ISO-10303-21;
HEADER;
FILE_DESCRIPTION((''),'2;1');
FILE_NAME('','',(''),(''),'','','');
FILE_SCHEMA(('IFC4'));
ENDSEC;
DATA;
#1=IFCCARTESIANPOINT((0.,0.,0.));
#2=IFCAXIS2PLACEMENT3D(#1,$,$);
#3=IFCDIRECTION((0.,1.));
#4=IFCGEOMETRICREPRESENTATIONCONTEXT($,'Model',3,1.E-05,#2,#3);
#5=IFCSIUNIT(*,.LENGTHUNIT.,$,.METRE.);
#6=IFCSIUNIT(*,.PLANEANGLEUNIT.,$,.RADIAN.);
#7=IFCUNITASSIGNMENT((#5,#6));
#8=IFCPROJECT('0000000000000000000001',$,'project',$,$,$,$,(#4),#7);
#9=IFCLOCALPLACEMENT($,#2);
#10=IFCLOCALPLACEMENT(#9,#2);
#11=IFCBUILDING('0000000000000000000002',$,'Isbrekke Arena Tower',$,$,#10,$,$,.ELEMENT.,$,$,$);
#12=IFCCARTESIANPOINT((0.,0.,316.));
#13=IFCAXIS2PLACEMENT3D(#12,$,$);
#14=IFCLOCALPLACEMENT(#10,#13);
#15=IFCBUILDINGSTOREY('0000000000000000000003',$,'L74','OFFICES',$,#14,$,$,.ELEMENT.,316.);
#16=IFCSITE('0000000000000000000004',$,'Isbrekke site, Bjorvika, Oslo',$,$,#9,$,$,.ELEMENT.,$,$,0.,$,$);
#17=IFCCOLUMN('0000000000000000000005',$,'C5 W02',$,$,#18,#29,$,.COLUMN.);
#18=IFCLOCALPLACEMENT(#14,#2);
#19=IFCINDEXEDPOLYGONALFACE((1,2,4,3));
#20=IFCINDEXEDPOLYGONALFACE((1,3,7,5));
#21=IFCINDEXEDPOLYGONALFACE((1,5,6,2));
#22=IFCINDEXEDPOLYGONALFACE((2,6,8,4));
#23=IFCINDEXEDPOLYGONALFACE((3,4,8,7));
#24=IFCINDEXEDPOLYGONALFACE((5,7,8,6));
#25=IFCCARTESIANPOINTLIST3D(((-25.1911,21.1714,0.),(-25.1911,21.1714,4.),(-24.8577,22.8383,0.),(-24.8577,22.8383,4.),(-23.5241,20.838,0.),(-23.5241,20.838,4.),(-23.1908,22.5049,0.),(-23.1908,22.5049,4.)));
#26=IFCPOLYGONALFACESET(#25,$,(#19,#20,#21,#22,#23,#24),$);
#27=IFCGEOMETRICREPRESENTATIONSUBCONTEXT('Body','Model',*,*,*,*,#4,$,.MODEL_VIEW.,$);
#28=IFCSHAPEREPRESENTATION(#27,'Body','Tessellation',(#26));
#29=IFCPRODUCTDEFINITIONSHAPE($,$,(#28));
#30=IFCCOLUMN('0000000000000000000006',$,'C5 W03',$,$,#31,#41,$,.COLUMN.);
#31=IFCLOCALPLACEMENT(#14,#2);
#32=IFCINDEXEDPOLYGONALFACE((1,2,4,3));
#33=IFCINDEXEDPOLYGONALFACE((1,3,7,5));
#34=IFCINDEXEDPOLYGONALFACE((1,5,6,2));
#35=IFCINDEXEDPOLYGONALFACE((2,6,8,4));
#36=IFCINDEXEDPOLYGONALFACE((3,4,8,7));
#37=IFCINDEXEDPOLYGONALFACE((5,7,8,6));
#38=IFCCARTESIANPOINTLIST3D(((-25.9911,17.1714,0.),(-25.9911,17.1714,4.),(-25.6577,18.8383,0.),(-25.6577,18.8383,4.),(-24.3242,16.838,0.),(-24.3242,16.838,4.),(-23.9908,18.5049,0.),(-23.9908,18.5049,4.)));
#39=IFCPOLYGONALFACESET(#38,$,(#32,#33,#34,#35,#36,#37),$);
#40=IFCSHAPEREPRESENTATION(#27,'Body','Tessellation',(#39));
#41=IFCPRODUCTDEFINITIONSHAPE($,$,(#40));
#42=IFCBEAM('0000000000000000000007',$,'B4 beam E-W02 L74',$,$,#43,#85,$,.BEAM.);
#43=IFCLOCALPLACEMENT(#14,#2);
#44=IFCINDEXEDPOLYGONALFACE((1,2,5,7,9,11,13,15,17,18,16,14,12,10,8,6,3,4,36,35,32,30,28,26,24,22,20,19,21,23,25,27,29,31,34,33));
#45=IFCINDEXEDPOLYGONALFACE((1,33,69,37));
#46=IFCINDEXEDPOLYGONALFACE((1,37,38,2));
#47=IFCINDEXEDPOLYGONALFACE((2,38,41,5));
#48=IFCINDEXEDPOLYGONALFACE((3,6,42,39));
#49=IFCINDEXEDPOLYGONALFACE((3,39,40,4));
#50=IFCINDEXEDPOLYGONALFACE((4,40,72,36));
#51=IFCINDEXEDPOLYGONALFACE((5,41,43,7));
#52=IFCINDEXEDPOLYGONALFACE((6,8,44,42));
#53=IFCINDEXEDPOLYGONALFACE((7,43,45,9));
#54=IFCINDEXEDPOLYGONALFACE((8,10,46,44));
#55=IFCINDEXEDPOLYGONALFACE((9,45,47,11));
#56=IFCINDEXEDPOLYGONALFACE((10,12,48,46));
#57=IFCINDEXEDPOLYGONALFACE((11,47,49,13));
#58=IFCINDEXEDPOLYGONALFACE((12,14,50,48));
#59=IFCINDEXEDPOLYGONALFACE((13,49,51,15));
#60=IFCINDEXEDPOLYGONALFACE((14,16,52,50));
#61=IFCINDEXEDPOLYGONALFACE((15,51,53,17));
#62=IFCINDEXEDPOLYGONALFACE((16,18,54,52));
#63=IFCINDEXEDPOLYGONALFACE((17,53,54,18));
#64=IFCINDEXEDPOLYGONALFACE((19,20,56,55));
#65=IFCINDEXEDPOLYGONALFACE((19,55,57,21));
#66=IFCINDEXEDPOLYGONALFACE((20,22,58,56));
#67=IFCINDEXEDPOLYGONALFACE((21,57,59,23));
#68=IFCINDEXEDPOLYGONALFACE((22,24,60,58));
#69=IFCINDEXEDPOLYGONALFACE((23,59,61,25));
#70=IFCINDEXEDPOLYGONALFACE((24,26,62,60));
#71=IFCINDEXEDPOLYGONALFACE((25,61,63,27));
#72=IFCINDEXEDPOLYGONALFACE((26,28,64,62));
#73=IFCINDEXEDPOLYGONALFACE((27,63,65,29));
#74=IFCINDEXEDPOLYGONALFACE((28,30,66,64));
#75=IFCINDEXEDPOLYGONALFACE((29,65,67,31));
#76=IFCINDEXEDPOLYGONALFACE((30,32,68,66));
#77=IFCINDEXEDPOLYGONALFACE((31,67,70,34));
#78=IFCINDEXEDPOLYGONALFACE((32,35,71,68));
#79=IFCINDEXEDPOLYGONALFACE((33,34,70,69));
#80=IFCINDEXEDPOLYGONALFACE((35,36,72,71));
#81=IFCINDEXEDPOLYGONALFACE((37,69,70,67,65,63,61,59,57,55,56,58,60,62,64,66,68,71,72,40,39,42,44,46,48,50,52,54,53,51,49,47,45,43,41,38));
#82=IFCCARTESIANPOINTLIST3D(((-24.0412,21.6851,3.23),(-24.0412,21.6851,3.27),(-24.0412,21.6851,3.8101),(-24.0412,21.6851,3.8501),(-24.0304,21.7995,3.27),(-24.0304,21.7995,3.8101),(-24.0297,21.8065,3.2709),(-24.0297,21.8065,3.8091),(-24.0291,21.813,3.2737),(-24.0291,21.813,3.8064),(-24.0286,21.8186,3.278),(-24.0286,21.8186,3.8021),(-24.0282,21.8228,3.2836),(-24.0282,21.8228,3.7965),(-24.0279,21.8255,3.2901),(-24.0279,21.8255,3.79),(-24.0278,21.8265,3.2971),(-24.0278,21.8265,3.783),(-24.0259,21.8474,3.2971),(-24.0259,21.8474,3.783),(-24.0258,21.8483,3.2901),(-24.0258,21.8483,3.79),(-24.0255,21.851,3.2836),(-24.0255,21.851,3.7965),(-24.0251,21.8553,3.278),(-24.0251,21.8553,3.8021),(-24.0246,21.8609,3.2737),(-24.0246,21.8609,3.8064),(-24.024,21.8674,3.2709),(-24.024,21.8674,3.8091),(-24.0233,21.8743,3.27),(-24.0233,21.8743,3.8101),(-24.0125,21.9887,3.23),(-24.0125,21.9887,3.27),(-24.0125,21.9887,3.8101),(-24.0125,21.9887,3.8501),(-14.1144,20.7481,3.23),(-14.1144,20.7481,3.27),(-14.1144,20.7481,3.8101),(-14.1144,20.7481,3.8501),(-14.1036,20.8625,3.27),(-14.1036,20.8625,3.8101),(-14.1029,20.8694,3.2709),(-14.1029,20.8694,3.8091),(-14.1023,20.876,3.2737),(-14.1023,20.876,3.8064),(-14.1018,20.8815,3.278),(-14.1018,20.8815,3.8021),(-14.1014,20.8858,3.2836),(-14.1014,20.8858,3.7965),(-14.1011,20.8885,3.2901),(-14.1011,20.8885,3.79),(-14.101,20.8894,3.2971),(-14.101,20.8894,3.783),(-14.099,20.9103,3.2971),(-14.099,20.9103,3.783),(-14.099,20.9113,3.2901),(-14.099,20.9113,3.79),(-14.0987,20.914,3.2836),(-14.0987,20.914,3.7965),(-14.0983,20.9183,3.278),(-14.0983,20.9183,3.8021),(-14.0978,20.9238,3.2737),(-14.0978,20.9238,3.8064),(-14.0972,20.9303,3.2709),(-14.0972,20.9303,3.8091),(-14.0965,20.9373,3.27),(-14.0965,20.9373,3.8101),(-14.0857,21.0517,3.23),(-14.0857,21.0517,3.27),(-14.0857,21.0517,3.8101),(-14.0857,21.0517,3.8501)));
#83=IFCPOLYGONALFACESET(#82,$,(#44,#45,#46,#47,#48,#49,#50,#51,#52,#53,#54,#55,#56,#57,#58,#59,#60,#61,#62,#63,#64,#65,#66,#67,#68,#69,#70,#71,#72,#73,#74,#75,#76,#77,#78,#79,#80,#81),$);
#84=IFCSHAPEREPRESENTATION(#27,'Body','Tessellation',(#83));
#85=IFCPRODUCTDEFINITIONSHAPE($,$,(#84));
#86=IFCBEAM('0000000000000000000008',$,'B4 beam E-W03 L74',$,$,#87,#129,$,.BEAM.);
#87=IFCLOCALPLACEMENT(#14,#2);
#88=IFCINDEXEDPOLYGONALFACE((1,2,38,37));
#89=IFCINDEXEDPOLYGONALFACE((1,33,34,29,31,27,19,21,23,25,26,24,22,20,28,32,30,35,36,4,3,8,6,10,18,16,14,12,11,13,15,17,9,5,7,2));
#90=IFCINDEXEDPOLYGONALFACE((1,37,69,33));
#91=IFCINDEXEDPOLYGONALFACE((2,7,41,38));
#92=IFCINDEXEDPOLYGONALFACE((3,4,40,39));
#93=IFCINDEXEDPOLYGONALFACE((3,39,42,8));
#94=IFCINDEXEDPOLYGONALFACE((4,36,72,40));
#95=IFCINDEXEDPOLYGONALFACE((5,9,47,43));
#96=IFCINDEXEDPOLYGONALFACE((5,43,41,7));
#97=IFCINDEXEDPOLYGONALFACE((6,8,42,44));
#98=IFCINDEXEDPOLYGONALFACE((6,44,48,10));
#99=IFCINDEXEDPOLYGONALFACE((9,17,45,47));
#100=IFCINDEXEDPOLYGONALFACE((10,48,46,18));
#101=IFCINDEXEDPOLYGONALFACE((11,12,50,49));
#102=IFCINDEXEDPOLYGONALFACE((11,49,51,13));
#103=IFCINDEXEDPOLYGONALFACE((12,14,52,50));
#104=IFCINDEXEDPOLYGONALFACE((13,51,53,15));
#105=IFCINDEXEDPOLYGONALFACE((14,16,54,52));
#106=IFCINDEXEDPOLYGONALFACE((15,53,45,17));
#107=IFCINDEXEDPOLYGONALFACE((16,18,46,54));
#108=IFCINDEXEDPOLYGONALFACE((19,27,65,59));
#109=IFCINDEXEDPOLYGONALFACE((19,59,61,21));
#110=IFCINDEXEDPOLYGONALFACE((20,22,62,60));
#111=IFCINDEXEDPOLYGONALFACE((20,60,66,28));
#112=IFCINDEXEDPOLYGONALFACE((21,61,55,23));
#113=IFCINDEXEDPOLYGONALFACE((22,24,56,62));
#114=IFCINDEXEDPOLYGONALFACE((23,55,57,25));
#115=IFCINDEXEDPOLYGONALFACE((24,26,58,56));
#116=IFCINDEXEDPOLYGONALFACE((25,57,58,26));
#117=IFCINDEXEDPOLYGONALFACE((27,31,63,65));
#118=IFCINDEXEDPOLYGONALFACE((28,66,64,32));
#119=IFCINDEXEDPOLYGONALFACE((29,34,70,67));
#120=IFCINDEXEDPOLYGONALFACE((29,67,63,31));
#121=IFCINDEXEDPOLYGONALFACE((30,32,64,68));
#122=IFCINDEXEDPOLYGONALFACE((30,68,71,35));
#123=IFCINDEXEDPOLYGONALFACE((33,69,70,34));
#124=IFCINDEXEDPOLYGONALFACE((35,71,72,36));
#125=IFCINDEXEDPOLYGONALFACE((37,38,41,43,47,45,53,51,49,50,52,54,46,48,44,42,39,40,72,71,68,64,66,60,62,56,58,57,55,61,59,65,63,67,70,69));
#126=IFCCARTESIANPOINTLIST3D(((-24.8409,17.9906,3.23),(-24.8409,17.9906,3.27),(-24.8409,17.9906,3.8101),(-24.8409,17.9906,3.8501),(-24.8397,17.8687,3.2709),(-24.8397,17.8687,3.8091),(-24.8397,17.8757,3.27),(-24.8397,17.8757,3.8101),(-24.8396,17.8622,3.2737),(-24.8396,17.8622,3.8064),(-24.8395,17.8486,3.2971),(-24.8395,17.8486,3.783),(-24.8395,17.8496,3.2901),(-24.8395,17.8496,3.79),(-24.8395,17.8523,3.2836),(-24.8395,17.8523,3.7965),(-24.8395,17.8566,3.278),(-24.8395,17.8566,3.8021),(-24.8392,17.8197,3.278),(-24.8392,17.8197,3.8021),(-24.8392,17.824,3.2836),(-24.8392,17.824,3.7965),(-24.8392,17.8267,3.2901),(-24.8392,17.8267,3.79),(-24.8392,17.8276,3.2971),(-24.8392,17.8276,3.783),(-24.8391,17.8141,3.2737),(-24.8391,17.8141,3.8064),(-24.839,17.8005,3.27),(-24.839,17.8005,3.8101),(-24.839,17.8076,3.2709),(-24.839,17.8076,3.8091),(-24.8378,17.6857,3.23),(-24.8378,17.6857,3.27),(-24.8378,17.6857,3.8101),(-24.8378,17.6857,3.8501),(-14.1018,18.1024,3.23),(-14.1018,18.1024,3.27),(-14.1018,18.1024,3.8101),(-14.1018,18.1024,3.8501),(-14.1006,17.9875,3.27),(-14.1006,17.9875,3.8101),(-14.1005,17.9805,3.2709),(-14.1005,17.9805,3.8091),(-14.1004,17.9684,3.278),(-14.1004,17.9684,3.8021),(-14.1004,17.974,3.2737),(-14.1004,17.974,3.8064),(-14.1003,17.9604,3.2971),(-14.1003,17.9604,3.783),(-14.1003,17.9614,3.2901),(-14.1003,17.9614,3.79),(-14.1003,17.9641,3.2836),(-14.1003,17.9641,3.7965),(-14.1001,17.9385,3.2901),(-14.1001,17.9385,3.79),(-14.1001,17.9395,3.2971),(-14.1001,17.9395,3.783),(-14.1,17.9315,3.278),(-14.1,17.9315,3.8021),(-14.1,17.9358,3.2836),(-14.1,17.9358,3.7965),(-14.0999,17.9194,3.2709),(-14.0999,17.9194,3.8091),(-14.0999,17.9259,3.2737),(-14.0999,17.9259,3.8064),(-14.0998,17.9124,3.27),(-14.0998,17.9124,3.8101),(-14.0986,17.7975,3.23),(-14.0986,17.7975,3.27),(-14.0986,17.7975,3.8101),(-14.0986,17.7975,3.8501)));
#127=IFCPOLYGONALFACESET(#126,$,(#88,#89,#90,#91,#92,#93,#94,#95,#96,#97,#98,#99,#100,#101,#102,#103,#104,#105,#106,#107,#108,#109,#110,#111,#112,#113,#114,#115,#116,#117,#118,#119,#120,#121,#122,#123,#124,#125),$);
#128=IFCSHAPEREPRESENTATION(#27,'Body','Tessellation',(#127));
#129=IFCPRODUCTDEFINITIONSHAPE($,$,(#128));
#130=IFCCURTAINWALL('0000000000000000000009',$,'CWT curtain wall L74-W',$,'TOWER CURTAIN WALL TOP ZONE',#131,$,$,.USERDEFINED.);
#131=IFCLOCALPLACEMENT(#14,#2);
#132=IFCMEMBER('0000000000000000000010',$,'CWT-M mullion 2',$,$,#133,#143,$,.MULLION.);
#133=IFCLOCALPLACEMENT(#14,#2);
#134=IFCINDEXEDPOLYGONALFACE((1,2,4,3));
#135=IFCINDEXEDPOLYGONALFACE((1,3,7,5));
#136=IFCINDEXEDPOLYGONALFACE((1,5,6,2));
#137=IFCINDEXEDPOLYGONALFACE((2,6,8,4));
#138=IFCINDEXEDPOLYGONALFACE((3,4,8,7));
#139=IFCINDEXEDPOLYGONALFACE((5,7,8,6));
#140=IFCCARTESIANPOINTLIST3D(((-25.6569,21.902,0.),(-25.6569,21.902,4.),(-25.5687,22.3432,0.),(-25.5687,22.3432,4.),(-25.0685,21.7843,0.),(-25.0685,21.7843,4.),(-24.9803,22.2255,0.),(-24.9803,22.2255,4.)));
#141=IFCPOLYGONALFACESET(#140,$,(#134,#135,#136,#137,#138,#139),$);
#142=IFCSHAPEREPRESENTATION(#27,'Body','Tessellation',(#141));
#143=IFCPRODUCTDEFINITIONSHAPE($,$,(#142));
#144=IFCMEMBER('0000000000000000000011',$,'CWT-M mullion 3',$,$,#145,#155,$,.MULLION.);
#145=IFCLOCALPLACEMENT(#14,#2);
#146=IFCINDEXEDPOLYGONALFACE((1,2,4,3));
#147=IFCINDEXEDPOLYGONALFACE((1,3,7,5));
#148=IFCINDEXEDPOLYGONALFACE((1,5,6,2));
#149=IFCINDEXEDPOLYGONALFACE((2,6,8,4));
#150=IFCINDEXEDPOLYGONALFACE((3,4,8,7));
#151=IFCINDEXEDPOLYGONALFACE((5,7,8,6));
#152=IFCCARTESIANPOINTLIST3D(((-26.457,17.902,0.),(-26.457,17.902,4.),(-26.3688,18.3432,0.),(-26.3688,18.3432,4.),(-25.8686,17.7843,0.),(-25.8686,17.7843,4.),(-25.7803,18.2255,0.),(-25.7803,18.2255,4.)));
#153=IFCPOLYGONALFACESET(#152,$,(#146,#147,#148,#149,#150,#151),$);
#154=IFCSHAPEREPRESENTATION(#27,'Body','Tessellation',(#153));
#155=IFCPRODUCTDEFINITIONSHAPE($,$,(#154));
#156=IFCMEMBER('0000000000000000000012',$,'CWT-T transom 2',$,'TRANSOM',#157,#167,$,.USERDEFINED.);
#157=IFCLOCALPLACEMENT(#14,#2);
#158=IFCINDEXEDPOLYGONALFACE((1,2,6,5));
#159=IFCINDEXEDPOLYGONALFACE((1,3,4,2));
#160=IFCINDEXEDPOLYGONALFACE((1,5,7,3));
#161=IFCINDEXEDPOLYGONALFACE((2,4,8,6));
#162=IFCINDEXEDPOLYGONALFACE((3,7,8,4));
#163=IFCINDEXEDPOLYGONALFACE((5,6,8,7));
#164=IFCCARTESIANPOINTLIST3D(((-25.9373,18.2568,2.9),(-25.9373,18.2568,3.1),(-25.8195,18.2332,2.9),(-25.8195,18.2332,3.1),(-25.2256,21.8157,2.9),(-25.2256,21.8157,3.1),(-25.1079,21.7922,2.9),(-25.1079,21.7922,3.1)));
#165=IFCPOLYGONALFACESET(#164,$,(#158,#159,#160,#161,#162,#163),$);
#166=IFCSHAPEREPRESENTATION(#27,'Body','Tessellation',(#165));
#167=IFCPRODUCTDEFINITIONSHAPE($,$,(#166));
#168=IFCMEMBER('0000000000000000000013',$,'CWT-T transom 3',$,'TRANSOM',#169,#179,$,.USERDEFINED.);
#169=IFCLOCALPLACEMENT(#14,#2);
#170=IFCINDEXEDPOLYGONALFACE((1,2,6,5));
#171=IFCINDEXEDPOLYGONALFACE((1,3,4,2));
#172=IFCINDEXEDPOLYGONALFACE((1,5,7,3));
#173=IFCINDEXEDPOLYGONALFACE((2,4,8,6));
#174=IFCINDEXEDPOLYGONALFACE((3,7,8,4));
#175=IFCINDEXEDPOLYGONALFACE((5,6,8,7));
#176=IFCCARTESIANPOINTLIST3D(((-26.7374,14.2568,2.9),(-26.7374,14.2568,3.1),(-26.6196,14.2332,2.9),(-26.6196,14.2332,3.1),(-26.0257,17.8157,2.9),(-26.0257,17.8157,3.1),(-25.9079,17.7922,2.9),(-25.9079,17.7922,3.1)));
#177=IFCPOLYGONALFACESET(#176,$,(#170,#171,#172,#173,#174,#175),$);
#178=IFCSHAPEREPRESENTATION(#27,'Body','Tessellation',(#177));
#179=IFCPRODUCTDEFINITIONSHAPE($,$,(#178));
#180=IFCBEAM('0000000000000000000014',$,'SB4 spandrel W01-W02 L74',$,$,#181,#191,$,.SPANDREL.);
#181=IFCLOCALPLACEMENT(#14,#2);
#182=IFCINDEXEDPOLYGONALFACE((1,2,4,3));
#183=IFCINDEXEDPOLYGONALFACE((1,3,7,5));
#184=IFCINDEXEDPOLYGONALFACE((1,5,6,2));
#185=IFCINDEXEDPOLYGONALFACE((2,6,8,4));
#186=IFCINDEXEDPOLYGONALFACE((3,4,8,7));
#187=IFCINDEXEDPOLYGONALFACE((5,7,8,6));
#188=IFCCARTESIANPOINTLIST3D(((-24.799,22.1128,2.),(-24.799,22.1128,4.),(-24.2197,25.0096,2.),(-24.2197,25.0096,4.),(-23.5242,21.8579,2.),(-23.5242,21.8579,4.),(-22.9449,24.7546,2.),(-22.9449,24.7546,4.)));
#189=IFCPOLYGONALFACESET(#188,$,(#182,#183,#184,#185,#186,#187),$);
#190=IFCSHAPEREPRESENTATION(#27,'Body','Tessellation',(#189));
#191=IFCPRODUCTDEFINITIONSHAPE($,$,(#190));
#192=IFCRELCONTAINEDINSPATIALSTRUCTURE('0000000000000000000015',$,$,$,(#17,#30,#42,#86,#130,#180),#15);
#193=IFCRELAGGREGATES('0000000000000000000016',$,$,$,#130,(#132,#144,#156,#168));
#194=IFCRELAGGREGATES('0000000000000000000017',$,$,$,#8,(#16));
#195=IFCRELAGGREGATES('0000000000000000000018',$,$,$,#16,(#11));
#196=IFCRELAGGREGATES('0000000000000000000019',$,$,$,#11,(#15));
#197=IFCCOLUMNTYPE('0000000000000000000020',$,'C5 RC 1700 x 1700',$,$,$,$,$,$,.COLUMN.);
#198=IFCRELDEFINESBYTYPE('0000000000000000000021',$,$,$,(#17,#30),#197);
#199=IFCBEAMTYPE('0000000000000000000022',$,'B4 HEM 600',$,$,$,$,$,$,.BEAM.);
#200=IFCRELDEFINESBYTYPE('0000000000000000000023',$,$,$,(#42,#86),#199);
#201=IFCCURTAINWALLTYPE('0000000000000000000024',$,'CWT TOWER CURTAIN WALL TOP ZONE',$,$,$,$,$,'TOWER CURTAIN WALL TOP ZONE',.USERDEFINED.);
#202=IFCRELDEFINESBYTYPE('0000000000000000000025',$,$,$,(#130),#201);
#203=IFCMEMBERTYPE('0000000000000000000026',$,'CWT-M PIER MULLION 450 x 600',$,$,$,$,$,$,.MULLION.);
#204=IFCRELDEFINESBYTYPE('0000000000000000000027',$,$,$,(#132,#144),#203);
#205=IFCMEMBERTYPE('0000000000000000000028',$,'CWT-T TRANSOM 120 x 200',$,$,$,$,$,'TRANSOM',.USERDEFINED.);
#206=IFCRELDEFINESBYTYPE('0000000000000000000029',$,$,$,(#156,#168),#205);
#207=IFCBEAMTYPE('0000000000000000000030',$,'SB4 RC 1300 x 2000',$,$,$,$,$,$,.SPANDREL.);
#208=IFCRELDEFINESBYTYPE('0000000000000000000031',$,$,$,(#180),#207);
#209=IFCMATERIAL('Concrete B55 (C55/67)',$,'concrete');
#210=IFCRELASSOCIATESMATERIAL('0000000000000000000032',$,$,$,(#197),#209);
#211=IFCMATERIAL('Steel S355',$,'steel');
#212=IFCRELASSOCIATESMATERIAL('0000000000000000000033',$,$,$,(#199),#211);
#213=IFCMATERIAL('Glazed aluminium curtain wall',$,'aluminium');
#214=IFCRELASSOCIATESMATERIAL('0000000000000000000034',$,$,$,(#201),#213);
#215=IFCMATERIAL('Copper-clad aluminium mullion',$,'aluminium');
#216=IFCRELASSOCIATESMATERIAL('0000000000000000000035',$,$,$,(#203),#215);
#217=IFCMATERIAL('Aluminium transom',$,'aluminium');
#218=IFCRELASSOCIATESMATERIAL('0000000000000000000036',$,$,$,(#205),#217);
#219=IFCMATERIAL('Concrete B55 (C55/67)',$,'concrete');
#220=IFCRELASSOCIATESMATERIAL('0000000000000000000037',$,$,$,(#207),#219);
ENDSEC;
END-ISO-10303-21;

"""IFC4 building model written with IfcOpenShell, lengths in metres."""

from ifc_helpers import new_model, si_unit, direction, frame, origin, origin_2d, place, context, subcontext, project, spatial, rectangle, i_section, extrude, material, material_profile, profile_set, type_object, element, aggregate, save


model = new_model("IFC4")

# Units and contexts
model_context = context("Model", 3, precision=1e-05, world=origin(), true_north=direction((0.0, 1.0)))
body_context = subcontext(model_context, "Body", "Model", "MODEL_VIEW")
ifc_project = project(units=[si_unit("LENGTHUNIT", "METRE"), si_unit("PLANEANGLEUNIT", "RADIAN")], contexts=[model_context])

# Site, building, storey
site_placement = place(None, origin())
site = spatial("IfcSite", under=ifc_project, at=site_placement, Name="Isbrekke site, Bjorvika, Oslo", CompositionType="ELEMENT", RefElevation=0.0)
building_placement = place(site_placement, origin())
building = spatial("IfcBuilding", under=site, at=building_placement, Name="Isbrekke Arena Tower", CompositionType="ELEMENT")
storey_placement = place(building_placement, frame((0.0, 0.0, 316.0)))
storey = spatial("IfcBuildingStorey", under=building, at=storey_placement, Name="L74", Description="OFFICES", CompositionType="ELEMENT", Elevation=316.0)

# Columns
ifc_material_1 = material(Name="Concrete B55 (C55/67)", Category="concrete")
ifc_material_profile_1 = material_profile(ifc_material_1, rectangle(XDim=1.7, YDim=1.7, at=origin_2d()), Name="RC 1700x1700")
ifc_profile_set_1 = profile_set([ifc_material_profile_1], Name="Concrete B55 (C55/67)")
column_type = type_object("IfcColumnType", Name="C5 RC 1700 x 1700", PredefinedType="COLUMN", material=ifc_profile_set_1)
for number, where, z_axis, x_axis, name in (
    (1, (-24.1909, 21.8381, 0.0), (0.0, 0.0, 1.0), (-0.196116, -0.980581, 0.0), "C5 W02"),
    (2, (-24.991, 17.8381, 0.0), (0.0, 0.0, 1.0), (-0.196116, -0.980581, 0.0), "C5 W03"),
):
    element("IfcColumn", number, at=place(storey_placement, frame(where, z_axis=z_axis, x_axis=x_axis)), inside=storey, type_object=column_type, Name=name, PredefinedType="COLUMN", context=body_context, shape_type="SweptSolid", body=[
        extrude(rectangle(XDim=1.7, YDim=1.7, at=origin_2d()), origin(), (0.0, 0.0, 1.0), 4.0),
    ])

# Beams
ifc_material_2 = material(Name="Steel S355", Category="steel")
ifc_material_profile_2 = material_profile(ifc_material_2, i_section(OverallWidth=0.3049, OverallDepth=0.6201, WebThickness=0.021, FlangeThickness=0.04, FilletRadius=0.0271, at=origin_2d()), Name="HEM 600")
ifc_profile_set_2 = profile_set([ifc_material_profile_2], Name="Steel S355")
beam_type_1 = type_object("IfcBeamType", Name="B4 HEM 600", PredefinedType="BEAM", material=ifc_profile_set_2)
beam_1_placement = place(storey_placement, frame((-24.0269, 21.8369, 3.54), z_axis=(0.995575, -0.093975, 0.0), x_axis=(0.093975, 0.995575, 0.0)))
element("IfcBeam", 3, at=beam_1_placement, inside=storey, type_object=beam_type_1, Name="B4 beam E-W02 L74", PredefinedType="BEAM", context=body_context, shape_type="SweptSolid", body=[
    extrude(i_section(OverallWidth=0.3049, OverallDepth=0.6201, WebThickness=0.021, FlangeThickness=0.04, FilletRadius=0.0271, at=origin_2d()), origin(), (0.0, 0.0, 1.0), 9.9709),
])
beam_2_placement = place(storey_placement, frame((-24.8394, 17.8381, 3.54), z_axis=(0.999946, 0.010411, 0.0), x_axis=(-0.010411, 0.999946, 0.0)))
element("IfcBeam", 4, at=beam_2_placement, inside=storey, type_object=beam_type_1, Name="B4 beam E-W03 L74", PredefinedType="BEAM", context=body_context, shape_type="SweptSolid", body=[
    extrude(i_section(OverallWidth=0.3049, OverallDepth=0.6201, WebThickness=0.021, FlangeThickness=0.04, FilletRadius=0.0271, at=origin_2d()), origin(), (0.0, 0.0, 1.0), 10.7397),
])

# Curtain wall, members
ifc_material_3 = material(Name="Glazed aluminium curtain wall", Category="aluminium")
curtain_wall_type = type_object("IfcCurtainWallType", Name="CWT TOWER CURTAIN WALL TOP ZONE", ElementType="TOWER CURTAIN WALL TOP ZONE", PredefinedType="USERDEFINED", material=ifc_material_3)
curtain_wall_placement = place(storey_placement, origin())
curtain_wall = element("IfcCurtainWall", 5, at=curtain_wall_placement, inside=storey, type_object=curtain_wall_type, Name="CWT curtain wall L74-W", ObjectType="TOWER CURTAIN WALL TOP ZONE", PredefinedType="USERDEFINED")
ifc_material_4 = material(Name="Copper-clad aluminium mullion", Category="aluminium")
ifc_material_profile_3 = material_profile(ifc_material_4, rectangle(XDim=0.45, YDim=0.6001, at=origin_2d()), Name="PIER 450X600")
ifc_profile_set_3 = profile_set([ifc_material_profile_3], Name="Copper-clad aluminium mullion")
member_type_1 = type_object("IfcMemberType", Name="CWT-M PIER MULLION 450 x 600", PredefinedType="MULLION", material=ifc_profile_set_3)
member_1_placement = place(storey_placement, frame((-25.3186, 22.0637, 0.0), z_axis=(0.0, 0.0, 1.0), x_axis=(-0.196116, -0.980581, 0.0)))
member_1 = element("IfcMember", 6, at=member_1_placement, type_object=member_type_1, Name="CWT-M mullion 2", PredefinedType="MULLION", context=body_context, shape_type="SweptSolid", body=[
    extrude(rectangle(XDim=0.45, YDim=0.6001, at=origin_2d()), origin(), (0.0, 0.0, 1.0), 4.0),
])
member_2_placement = place(storey_placement, frame((-26.1187, 18.0637, 0.0), z_axis=(0.0, 0.0, 1.0), x_axis=(-0.196116, -0.980581, 0.0)))
member_2 = element("IfcMember", 7, at=member_2_placement, type_object=member_type_1, Name="CWT-M mullion 3", PredefinedType="MULLION", context=body_context, shape_type="SweptSolid", body=[
    extrude(rectangle(XDim=0.45, YDim=0.6001, at=origin_2d()), origin(), (0.0, 0.0, 1.0), 4.0),
])
ifc_material_5 = material(Name="Aluminium transom", Category="aluminium")
ifc_material_profile_4 = material_profile(ifc_material_5, rectangle(XDim=0.1201, YDim=0.2, at=origin_2d()), Name="TRANSOM 120X200")
ifc_profile_set_4 = profile_set([ifc_material_profile_4], Name="Aluminium transom")
member_type_2 = type_object("IfcMemberType", Name="CWT-T TRANSOM 120 x 200", ElementType="TRANSOM", PredefinedType="USERDEFINED", material=ifc_profile_set_4)
member_3_placement = place(storey_placement, frame((-25.1667, 21.804, 3.0), z_axis=(-0.19609, -0.980586, 0.0), x_axis=(0.980586, -0.19609, 0.0)))
member_3 = element("IfcMember", 8, at=member_3_placement, type_object=member_type_2, Name="CWT-T transom 2", ObjectType="TRANSOM", PredefinedType="USERDEFINED", context=body_context, shape_type="SweptSolid", body=[
    extrude(rectangle(XDim=0.1201, YDim=0.2, at=origin_2d()), origin(), (0.0, 0.0, 1.0), 3.6294),
])
member_4_placement = place(storey_placement, frame((-25.9668, 17.804, 3.0), z_axis=(-0.19609, -0.980586, 0.0), x_axis=(0.980586, -0.19609, 0.0)))
member_4 = element("IfcMember", 9, at=member_4_placement, type_object=member_type_2, Name="CWT-T transom 3", ObjectType="TRANSOM", PredefinedType="USERDEFINED", context=body_context, shape_type="SweptSolid", body=[
    extrude(rectangle(XDim=0.1201, YDim=0.2, at=origin_2d()), origin(), (0.0, 0.0, 1.0), 3.6294),
])

# Beam
ifc_material_6 = material(Name="Concrete B55 (C55/67)", Category="concrete")
ifc_material_profile_5 = material_profile(ifc_material_6, rectangle(XDim=1.3, YDim=2.0, at=origin_2d()), Name="RC 1300x2000")
ifc_profile_set_5 = profile_set([ifc_material_profile_5], Name="Concrete B55 (C55/67)")
beam_type_2 = type_object("IfcBeamType", Name="SB4 RC 1300 x 2000", PredefinedType="SPANDREL", material=ifc_profile_set_5)
beam_3_placement = place(storey_placement, frame((-23.5823, 24.8821, 3.0), z_axis=(-0.196116, -0.980581, 0.0), x_axis=(0.980581, -0.196116, 0.0)))
element("IfcBeam", 10, at=beam_3_placement, inside=storey, type_object=beam_type_2, Name="SB4 spandrel W01-W02 L74", PredefinedType="SPANDREL", context=body_context, shape_type="SweptSolid", body=[
    extrude(rectangle(XDim=1.3, YDim=2.0, at=origin_2d()), origin(), (0.0, 0.0, 1.0), 2.9541),
])

aggregate(curtain_wall, [member_1, member_2, member_3, member_4])

save(model, "model.ifc")
